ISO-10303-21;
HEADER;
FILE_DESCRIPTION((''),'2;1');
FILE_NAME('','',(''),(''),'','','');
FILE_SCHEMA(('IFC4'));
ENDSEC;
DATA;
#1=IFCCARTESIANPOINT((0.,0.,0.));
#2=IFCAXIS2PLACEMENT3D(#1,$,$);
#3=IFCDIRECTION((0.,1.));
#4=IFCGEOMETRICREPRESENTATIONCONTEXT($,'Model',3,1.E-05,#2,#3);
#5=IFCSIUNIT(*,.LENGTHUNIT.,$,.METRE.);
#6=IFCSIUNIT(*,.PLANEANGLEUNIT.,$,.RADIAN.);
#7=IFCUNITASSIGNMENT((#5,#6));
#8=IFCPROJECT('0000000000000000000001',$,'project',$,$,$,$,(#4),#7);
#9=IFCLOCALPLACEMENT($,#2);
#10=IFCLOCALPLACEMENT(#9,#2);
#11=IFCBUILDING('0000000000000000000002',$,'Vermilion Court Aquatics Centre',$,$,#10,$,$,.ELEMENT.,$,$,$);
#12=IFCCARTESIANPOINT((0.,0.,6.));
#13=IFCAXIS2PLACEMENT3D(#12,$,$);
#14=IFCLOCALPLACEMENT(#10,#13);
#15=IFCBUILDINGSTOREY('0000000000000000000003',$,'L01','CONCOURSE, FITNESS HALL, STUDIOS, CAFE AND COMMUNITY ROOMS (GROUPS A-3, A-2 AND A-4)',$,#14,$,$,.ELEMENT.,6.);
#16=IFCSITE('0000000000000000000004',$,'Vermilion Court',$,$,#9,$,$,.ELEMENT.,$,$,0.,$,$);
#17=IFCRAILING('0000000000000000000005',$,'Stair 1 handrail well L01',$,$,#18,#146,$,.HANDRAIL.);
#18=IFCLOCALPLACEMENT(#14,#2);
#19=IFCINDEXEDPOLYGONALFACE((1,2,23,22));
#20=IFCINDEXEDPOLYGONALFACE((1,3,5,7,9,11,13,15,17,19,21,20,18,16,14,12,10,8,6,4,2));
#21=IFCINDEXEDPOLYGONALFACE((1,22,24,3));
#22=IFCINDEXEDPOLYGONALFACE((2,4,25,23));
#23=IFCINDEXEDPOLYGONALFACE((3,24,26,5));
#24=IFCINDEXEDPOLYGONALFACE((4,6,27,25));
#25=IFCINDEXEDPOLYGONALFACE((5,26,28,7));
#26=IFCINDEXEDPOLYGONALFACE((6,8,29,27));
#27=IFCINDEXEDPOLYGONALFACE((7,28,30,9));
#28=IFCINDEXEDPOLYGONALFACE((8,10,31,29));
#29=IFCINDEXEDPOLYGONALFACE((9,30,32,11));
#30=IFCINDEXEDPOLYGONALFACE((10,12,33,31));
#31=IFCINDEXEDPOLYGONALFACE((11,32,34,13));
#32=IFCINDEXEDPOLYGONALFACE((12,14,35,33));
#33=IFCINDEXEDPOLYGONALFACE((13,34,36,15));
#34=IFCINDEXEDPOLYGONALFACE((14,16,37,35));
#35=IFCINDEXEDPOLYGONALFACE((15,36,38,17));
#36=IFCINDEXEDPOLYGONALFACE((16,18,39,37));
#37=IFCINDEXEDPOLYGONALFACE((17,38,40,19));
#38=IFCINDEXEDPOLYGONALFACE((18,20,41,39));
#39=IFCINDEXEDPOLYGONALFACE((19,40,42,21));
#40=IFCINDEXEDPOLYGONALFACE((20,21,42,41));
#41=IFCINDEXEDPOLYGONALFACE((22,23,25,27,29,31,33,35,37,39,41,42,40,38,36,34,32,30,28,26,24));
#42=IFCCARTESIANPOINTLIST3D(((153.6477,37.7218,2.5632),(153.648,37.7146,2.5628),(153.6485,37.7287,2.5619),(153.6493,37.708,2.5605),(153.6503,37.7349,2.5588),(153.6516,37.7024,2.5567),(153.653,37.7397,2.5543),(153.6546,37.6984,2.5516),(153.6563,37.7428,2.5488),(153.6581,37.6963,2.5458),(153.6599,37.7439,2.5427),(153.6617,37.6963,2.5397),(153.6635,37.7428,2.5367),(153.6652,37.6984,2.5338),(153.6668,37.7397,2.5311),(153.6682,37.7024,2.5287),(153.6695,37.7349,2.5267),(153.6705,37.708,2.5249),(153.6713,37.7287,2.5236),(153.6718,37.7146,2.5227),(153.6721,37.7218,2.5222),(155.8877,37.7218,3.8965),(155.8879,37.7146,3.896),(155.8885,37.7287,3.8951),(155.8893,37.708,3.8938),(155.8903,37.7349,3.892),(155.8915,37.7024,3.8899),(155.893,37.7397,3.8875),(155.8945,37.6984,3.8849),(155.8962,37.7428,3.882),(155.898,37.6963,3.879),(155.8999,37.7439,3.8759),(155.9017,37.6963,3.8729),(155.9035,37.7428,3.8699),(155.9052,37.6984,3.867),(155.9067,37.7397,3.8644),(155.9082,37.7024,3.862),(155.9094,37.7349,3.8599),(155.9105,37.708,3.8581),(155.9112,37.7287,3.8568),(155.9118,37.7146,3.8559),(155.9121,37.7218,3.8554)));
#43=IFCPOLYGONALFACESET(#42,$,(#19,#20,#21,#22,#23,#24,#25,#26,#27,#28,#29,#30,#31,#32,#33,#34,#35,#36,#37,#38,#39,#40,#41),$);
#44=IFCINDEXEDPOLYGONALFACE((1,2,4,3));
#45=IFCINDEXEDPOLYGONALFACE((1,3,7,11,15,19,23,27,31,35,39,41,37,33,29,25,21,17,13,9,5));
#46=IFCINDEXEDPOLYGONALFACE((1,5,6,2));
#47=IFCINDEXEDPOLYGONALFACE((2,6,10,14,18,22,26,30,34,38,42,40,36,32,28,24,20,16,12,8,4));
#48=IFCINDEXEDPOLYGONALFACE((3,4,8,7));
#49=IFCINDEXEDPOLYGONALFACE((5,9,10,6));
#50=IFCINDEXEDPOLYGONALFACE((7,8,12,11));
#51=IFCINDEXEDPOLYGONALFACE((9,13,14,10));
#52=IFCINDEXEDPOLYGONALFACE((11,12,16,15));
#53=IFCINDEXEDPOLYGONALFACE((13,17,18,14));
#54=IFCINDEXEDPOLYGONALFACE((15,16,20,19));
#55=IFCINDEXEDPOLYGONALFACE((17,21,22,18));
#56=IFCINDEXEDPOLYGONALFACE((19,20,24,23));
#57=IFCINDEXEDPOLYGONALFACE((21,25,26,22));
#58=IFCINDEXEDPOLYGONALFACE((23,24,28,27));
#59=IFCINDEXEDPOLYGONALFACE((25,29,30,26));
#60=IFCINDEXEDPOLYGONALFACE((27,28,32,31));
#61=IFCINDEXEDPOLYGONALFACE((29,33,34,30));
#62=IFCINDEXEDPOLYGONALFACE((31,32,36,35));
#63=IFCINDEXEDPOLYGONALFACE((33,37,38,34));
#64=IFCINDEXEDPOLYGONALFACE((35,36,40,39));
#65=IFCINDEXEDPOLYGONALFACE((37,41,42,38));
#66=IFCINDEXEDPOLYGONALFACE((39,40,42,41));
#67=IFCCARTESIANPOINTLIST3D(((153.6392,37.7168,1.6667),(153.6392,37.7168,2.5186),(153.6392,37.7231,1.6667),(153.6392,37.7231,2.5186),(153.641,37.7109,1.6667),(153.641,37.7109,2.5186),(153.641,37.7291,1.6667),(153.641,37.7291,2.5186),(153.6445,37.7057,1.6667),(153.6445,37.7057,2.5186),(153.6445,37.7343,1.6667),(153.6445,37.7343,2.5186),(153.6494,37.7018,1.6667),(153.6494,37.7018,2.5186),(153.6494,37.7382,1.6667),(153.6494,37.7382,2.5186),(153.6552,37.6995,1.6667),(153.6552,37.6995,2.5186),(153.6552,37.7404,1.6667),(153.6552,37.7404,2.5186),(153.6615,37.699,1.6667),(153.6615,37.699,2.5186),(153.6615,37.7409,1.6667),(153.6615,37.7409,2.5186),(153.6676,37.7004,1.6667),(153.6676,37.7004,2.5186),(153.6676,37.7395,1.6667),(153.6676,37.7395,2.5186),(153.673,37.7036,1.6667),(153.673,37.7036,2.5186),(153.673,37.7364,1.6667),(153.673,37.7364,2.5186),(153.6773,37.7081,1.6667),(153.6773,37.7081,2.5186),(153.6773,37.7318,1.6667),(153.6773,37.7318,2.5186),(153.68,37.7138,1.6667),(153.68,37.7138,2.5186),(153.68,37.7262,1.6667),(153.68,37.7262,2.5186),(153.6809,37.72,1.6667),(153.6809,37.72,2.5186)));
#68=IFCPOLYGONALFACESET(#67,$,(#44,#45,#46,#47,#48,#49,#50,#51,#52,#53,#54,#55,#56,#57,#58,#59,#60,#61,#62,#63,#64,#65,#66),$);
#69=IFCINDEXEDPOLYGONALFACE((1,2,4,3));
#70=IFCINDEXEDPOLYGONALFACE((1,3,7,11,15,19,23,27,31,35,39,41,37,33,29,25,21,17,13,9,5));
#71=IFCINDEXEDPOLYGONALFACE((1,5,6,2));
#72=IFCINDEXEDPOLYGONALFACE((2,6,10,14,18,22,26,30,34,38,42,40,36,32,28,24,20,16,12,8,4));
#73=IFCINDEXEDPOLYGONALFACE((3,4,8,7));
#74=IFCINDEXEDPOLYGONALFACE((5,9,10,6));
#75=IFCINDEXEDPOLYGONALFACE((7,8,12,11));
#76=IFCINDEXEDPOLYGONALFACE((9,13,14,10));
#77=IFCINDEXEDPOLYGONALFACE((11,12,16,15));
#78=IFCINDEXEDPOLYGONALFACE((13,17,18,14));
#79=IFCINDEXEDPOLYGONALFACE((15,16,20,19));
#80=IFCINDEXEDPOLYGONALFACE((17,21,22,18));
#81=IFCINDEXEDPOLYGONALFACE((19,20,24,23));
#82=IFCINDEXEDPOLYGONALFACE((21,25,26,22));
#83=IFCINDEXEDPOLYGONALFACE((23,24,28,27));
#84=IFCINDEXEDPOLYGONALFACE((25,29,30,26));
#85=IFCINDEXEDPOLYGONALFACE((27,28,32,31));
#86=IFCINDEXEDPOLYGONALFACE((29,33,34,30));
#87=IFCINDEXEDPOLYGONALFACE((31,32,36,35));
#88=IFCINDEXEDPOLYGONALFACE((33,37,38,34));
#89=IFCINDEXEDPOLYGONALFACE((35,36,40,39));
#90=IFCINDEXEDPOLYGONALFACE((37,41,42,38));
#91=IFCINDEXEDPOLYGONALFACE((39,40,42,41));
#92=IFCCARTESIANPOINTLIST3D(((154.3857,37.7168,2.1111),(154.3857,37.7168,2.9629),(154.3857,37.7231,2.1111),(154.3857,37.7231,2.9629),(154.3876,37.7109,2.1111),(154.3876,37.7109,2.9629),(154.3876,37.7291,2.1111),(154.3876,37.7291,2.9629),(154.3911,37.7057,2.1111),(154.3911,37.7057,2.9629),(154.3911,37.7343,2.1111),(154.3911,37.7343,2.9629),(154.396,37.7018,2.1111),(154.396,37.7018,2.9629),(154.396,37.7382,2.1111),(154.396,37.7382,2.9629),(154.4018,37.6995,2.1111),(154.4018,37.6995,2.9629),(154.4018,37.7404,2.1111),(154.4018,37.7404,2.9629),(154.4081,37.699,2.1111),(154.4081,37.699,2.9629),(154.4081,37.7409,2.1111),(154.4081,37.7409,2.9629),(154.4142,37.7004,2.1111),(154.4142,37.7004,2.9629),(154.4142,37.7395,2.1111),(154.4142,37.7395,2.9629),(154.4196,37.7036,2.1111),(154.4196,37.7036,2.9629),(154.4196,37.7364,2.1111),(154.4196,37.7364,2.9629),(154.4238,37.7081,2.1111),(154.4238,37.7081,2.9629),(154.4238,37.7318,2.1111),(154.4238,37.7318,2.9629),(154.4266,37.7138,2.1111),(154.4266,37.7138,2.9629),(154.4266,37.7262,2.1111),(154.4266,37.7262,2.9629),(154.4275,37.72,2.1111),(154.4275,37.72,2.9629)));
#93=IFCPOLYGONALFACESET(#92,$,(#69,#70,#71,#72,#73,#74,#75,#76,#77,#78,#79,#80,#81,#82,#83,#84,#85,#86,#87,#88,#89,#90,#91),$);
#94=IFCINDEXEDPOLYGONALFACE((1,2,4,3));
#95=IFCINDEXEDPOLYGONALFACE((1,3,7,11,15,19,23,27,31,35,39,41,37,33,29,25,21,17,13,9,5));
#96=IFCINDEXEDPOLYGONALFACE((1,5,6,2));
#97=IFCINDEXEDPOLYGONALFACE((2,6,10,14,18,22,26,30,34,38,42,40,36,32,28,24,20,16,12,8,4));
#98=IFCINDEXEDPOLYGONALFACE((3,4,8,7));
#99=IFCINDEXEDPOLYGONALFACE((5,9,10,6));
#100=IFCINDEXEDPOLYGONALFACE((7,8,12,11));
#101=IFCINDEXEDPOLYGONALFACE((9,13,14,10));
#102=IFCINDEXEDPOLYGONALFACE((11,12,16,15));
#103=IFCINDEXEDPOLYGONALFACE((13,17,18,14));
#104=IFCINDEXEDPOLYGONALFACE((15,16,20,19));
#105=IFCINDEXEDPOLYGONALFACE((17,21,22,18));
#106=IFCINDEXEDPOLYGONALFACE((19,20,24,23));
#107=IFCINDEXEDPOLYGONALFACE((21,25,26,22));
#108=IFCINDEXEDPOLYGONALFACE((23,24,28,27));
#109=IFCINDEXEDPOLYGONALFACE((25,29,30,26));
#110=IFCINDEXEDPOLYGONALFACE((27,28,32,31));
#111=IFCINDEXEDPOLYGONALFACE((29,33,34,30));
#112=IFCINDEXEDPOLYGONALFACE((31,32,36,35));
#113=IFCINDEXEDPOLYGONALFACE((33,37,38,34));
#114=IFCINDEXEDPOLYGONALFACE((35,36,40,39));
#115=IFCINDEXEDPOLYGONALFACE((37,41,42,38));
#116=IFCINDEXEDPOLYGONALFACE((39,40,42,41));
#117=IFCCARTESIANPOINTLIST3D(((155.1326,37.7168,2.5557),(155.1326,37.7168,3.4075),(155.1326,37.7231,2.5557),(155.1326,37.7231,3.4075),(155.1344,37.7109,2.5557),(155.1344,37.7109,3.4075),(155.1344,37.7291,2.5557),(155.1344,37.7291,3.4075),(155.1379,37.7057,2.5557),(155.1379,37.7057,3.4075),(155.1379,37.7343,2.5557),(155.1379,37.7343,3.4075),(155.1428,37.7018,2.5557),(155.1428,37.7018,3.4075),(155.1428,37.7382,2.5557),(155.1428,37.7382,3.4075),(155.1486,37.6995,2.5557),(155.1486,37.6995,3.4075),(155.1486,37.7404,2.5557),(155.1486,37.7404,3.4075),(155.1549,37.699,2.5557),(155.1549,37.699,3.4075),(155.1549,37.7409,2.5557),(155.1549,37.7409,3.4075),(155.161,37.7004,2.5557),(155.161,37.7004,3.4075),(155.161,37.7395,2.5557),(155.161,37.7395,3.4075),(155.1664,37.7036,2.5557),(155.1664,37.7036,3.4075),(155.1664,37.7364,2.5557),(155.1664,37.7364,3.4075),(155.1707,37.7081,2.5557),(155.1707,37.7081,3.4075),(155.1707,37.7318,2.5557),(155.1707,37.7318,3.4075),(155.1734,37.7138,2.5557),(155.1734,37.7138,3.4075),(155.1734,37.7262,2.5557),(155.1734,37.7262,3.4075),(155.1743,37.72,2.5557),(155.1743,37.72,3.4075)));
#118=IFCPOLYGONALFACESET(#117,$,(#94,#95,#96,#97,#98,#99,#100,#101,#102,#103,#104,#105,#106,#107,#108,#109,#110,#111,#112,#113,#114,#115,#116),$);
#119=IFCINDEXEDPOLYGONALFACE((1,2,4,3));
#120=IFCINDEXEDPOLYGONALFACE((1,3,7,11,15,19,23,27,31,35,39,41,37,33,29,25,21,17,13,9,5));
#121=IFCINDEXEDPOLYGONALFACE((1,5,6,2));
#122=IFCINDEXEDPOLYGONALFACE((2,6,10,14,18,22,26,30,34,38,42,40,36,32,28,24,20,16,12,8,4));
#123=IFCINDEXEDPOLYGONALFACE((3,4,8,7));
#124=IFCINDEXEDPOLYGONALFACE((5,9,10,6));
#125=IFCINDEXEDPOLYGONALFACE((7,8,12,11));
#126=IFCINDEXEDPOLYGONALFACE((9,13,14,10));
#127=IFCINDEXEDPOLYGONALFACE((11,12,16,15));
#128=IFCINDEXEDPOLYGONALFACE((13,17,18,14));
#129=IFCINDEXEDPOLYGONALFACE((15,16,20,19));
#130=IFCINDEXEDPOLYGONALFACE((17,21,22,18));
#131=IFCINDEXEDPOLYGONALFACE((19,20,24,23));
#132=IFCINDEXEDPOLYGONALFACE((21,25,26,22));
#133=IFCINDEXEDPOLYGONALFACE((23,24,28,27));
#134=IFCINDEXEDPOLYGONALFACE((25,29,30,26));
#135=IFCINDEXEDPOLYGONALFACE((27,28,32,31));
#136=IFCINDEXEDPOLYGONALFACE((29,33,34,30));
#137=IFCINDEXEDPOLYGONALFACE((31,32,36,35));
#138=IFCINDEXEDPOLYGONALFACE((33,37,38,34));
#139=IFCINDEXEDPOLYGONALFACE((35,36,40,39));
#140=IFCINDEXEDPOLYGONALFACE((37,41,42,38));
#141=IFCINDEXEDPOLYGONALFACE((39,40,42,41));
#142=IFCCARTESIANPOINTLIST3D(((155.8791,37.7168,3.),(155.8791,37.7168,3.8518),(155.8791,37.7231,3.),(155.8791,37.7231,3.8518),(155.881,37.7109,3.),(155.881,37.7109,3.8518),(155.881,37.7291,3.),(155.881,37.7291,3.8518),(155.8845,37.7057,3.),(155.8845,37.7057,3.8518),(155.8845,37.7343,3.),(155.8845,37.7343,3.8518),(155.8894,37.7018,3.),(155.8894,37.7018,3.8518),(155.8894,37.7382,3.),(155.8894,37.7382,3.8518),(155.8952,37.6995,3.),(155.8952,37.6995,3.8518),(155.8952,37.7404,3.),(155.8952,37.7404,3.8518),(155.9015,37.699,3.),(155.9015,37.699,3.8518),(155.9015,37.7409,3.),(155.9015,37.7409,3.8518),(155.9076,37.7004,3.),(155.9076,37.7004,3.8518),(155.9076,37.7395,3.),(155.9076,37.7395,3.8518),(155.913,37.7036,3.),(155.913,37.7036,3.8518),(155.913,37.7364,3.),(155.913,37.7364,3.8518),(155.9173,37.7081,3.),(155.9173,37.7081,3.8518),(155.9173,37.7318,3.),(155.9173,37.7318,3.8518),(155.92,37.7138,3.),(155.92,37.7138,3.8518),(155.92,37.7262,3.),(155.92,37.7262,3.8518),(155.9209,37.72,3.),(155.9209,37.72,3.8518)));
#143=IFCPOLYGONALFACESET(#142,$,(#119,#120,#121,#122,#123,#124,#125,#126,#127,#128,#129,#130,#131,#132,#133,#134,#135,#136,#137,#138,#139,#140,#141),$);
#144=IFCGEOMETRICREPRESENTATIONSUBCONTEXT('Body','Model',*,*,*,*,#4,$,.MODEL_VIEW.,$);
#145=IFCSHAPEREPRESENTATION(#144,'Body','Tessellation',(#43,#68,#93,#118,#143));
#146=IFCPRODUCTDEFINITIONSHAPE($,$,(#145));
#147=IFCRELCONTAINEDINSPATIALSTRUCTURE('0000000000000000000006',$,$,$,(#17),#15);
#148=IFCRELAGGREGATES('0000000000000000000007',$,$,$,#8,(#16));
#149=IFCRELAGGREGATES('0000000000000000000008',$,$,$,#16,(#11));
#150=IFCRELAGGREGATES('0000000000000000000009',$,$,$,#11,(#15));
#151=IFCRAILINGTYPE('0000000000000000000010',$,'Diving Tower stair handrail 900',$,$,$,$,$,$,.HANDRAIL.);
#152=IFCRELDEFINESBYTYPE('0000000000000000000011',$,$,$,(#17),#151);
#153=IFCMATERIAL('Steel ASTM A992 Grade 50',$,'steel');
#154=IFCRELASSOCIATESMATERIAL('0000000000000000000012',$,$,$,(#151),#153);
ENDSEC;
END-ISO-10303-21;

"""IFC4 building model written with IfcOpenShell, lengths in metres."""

from ifc_helpers import new_model, si_unit, direction, frame, origin, origin_2d, place, context, subcontext, project, spatial, circle, extrude, material, type_object, element, save


model = new_model("IFC4")

# Units and contexts
model_context = context("Model", 3, precision=1e-05, world=origin(), true_north=direction((0.0, 1.0)))
body_context = subcontext(model_context, "Body", "Model", "MODEL_VIEW")
ifc_project = project(units=[si_unit("LENGTHUNIT", "METRE"), si_unit("PLANEANGLEUNIT", "RADIAN")], contexts=[model_context])

# Site, building, storey
site_placement = place(None, origin())
site = spatial("IfcSite", under=ifc_project, at=site_placement, Name="Vermilion Court", CompositionType="ELEMENT", RefElevation=0.0)
building_placement = place(site_placement, origin())
building = spatial("IfcBuilding", under=site, at=building_placement, Name="Vermilion Court Aquatics Centre", CompositionType="ELEMENT")
storey_placement = place(building_placement, frame((0.0, 0.0, 6.0)))
storey = spatial("IfcBuildingStorey", under=building, at=storey_placement, Name="L01", Description="CONCOURSE, FITNESS HALL, STUDIOS, CAFE AND COMMUNITY ROOMS (GROUPS A-3, A-2 AND A-4)", CompositionType="ELEMENT", Elevation=6.0)

# Railing
ifc_material_1 = material(Name="Steel ASTM A992 Grade 50", Category="steel")
railing_type_1 = type_object("IfcRailingType", Name="Diving Tower stair handrail 900", PredefinedType="HANDRAIL", material=ifc_material_1)
for number, where, name in (
    (1, (153.6599, 37.72, 1.6667), "Stair 1 handrail well L01"),
):
    element("IfcRailing", number, at=place(storey_placement, frame(where)), inside=storey, type_object=railing_type_1, Name=name, PredefinedType="HANDRAIL", context=body_context, shape_type="SweptSolid", body=[
        extrude(circle(Radius=0.0239, at=origin_2d()), frame((0.0, 0.0, 0.876), z_axis=(0.859306, 0.0, 0.511462), x_axis=(0.0, 1.0, 0.0)), (0.0, 0.0, 1.0), 2.6067),
        extrude(circle(Radius=0.021, at=origin_2d()), origin(), (0.0, 0.0, 1.0), 0.8518),
        extrude(circle(Radius=0.021, at=origin_2d()), frame((0.7466, 0.0, 0.4443)), (0.0, 0.0, 1.0), 0.8518),
        extrude(circle(Radius=0.021, at=origin_2d()), frame((1.4934, 0.0, 0.8889)), (0.0, 0.0, 1.0), 0.8518),
        extrude(circle(Radius=0.021, at=origin_2d()), frame((2.24, 0.0, 1.3333)), (0.0, 0.0, 1.0), 0.8518),
    ])

save(model, "model.ifc")
